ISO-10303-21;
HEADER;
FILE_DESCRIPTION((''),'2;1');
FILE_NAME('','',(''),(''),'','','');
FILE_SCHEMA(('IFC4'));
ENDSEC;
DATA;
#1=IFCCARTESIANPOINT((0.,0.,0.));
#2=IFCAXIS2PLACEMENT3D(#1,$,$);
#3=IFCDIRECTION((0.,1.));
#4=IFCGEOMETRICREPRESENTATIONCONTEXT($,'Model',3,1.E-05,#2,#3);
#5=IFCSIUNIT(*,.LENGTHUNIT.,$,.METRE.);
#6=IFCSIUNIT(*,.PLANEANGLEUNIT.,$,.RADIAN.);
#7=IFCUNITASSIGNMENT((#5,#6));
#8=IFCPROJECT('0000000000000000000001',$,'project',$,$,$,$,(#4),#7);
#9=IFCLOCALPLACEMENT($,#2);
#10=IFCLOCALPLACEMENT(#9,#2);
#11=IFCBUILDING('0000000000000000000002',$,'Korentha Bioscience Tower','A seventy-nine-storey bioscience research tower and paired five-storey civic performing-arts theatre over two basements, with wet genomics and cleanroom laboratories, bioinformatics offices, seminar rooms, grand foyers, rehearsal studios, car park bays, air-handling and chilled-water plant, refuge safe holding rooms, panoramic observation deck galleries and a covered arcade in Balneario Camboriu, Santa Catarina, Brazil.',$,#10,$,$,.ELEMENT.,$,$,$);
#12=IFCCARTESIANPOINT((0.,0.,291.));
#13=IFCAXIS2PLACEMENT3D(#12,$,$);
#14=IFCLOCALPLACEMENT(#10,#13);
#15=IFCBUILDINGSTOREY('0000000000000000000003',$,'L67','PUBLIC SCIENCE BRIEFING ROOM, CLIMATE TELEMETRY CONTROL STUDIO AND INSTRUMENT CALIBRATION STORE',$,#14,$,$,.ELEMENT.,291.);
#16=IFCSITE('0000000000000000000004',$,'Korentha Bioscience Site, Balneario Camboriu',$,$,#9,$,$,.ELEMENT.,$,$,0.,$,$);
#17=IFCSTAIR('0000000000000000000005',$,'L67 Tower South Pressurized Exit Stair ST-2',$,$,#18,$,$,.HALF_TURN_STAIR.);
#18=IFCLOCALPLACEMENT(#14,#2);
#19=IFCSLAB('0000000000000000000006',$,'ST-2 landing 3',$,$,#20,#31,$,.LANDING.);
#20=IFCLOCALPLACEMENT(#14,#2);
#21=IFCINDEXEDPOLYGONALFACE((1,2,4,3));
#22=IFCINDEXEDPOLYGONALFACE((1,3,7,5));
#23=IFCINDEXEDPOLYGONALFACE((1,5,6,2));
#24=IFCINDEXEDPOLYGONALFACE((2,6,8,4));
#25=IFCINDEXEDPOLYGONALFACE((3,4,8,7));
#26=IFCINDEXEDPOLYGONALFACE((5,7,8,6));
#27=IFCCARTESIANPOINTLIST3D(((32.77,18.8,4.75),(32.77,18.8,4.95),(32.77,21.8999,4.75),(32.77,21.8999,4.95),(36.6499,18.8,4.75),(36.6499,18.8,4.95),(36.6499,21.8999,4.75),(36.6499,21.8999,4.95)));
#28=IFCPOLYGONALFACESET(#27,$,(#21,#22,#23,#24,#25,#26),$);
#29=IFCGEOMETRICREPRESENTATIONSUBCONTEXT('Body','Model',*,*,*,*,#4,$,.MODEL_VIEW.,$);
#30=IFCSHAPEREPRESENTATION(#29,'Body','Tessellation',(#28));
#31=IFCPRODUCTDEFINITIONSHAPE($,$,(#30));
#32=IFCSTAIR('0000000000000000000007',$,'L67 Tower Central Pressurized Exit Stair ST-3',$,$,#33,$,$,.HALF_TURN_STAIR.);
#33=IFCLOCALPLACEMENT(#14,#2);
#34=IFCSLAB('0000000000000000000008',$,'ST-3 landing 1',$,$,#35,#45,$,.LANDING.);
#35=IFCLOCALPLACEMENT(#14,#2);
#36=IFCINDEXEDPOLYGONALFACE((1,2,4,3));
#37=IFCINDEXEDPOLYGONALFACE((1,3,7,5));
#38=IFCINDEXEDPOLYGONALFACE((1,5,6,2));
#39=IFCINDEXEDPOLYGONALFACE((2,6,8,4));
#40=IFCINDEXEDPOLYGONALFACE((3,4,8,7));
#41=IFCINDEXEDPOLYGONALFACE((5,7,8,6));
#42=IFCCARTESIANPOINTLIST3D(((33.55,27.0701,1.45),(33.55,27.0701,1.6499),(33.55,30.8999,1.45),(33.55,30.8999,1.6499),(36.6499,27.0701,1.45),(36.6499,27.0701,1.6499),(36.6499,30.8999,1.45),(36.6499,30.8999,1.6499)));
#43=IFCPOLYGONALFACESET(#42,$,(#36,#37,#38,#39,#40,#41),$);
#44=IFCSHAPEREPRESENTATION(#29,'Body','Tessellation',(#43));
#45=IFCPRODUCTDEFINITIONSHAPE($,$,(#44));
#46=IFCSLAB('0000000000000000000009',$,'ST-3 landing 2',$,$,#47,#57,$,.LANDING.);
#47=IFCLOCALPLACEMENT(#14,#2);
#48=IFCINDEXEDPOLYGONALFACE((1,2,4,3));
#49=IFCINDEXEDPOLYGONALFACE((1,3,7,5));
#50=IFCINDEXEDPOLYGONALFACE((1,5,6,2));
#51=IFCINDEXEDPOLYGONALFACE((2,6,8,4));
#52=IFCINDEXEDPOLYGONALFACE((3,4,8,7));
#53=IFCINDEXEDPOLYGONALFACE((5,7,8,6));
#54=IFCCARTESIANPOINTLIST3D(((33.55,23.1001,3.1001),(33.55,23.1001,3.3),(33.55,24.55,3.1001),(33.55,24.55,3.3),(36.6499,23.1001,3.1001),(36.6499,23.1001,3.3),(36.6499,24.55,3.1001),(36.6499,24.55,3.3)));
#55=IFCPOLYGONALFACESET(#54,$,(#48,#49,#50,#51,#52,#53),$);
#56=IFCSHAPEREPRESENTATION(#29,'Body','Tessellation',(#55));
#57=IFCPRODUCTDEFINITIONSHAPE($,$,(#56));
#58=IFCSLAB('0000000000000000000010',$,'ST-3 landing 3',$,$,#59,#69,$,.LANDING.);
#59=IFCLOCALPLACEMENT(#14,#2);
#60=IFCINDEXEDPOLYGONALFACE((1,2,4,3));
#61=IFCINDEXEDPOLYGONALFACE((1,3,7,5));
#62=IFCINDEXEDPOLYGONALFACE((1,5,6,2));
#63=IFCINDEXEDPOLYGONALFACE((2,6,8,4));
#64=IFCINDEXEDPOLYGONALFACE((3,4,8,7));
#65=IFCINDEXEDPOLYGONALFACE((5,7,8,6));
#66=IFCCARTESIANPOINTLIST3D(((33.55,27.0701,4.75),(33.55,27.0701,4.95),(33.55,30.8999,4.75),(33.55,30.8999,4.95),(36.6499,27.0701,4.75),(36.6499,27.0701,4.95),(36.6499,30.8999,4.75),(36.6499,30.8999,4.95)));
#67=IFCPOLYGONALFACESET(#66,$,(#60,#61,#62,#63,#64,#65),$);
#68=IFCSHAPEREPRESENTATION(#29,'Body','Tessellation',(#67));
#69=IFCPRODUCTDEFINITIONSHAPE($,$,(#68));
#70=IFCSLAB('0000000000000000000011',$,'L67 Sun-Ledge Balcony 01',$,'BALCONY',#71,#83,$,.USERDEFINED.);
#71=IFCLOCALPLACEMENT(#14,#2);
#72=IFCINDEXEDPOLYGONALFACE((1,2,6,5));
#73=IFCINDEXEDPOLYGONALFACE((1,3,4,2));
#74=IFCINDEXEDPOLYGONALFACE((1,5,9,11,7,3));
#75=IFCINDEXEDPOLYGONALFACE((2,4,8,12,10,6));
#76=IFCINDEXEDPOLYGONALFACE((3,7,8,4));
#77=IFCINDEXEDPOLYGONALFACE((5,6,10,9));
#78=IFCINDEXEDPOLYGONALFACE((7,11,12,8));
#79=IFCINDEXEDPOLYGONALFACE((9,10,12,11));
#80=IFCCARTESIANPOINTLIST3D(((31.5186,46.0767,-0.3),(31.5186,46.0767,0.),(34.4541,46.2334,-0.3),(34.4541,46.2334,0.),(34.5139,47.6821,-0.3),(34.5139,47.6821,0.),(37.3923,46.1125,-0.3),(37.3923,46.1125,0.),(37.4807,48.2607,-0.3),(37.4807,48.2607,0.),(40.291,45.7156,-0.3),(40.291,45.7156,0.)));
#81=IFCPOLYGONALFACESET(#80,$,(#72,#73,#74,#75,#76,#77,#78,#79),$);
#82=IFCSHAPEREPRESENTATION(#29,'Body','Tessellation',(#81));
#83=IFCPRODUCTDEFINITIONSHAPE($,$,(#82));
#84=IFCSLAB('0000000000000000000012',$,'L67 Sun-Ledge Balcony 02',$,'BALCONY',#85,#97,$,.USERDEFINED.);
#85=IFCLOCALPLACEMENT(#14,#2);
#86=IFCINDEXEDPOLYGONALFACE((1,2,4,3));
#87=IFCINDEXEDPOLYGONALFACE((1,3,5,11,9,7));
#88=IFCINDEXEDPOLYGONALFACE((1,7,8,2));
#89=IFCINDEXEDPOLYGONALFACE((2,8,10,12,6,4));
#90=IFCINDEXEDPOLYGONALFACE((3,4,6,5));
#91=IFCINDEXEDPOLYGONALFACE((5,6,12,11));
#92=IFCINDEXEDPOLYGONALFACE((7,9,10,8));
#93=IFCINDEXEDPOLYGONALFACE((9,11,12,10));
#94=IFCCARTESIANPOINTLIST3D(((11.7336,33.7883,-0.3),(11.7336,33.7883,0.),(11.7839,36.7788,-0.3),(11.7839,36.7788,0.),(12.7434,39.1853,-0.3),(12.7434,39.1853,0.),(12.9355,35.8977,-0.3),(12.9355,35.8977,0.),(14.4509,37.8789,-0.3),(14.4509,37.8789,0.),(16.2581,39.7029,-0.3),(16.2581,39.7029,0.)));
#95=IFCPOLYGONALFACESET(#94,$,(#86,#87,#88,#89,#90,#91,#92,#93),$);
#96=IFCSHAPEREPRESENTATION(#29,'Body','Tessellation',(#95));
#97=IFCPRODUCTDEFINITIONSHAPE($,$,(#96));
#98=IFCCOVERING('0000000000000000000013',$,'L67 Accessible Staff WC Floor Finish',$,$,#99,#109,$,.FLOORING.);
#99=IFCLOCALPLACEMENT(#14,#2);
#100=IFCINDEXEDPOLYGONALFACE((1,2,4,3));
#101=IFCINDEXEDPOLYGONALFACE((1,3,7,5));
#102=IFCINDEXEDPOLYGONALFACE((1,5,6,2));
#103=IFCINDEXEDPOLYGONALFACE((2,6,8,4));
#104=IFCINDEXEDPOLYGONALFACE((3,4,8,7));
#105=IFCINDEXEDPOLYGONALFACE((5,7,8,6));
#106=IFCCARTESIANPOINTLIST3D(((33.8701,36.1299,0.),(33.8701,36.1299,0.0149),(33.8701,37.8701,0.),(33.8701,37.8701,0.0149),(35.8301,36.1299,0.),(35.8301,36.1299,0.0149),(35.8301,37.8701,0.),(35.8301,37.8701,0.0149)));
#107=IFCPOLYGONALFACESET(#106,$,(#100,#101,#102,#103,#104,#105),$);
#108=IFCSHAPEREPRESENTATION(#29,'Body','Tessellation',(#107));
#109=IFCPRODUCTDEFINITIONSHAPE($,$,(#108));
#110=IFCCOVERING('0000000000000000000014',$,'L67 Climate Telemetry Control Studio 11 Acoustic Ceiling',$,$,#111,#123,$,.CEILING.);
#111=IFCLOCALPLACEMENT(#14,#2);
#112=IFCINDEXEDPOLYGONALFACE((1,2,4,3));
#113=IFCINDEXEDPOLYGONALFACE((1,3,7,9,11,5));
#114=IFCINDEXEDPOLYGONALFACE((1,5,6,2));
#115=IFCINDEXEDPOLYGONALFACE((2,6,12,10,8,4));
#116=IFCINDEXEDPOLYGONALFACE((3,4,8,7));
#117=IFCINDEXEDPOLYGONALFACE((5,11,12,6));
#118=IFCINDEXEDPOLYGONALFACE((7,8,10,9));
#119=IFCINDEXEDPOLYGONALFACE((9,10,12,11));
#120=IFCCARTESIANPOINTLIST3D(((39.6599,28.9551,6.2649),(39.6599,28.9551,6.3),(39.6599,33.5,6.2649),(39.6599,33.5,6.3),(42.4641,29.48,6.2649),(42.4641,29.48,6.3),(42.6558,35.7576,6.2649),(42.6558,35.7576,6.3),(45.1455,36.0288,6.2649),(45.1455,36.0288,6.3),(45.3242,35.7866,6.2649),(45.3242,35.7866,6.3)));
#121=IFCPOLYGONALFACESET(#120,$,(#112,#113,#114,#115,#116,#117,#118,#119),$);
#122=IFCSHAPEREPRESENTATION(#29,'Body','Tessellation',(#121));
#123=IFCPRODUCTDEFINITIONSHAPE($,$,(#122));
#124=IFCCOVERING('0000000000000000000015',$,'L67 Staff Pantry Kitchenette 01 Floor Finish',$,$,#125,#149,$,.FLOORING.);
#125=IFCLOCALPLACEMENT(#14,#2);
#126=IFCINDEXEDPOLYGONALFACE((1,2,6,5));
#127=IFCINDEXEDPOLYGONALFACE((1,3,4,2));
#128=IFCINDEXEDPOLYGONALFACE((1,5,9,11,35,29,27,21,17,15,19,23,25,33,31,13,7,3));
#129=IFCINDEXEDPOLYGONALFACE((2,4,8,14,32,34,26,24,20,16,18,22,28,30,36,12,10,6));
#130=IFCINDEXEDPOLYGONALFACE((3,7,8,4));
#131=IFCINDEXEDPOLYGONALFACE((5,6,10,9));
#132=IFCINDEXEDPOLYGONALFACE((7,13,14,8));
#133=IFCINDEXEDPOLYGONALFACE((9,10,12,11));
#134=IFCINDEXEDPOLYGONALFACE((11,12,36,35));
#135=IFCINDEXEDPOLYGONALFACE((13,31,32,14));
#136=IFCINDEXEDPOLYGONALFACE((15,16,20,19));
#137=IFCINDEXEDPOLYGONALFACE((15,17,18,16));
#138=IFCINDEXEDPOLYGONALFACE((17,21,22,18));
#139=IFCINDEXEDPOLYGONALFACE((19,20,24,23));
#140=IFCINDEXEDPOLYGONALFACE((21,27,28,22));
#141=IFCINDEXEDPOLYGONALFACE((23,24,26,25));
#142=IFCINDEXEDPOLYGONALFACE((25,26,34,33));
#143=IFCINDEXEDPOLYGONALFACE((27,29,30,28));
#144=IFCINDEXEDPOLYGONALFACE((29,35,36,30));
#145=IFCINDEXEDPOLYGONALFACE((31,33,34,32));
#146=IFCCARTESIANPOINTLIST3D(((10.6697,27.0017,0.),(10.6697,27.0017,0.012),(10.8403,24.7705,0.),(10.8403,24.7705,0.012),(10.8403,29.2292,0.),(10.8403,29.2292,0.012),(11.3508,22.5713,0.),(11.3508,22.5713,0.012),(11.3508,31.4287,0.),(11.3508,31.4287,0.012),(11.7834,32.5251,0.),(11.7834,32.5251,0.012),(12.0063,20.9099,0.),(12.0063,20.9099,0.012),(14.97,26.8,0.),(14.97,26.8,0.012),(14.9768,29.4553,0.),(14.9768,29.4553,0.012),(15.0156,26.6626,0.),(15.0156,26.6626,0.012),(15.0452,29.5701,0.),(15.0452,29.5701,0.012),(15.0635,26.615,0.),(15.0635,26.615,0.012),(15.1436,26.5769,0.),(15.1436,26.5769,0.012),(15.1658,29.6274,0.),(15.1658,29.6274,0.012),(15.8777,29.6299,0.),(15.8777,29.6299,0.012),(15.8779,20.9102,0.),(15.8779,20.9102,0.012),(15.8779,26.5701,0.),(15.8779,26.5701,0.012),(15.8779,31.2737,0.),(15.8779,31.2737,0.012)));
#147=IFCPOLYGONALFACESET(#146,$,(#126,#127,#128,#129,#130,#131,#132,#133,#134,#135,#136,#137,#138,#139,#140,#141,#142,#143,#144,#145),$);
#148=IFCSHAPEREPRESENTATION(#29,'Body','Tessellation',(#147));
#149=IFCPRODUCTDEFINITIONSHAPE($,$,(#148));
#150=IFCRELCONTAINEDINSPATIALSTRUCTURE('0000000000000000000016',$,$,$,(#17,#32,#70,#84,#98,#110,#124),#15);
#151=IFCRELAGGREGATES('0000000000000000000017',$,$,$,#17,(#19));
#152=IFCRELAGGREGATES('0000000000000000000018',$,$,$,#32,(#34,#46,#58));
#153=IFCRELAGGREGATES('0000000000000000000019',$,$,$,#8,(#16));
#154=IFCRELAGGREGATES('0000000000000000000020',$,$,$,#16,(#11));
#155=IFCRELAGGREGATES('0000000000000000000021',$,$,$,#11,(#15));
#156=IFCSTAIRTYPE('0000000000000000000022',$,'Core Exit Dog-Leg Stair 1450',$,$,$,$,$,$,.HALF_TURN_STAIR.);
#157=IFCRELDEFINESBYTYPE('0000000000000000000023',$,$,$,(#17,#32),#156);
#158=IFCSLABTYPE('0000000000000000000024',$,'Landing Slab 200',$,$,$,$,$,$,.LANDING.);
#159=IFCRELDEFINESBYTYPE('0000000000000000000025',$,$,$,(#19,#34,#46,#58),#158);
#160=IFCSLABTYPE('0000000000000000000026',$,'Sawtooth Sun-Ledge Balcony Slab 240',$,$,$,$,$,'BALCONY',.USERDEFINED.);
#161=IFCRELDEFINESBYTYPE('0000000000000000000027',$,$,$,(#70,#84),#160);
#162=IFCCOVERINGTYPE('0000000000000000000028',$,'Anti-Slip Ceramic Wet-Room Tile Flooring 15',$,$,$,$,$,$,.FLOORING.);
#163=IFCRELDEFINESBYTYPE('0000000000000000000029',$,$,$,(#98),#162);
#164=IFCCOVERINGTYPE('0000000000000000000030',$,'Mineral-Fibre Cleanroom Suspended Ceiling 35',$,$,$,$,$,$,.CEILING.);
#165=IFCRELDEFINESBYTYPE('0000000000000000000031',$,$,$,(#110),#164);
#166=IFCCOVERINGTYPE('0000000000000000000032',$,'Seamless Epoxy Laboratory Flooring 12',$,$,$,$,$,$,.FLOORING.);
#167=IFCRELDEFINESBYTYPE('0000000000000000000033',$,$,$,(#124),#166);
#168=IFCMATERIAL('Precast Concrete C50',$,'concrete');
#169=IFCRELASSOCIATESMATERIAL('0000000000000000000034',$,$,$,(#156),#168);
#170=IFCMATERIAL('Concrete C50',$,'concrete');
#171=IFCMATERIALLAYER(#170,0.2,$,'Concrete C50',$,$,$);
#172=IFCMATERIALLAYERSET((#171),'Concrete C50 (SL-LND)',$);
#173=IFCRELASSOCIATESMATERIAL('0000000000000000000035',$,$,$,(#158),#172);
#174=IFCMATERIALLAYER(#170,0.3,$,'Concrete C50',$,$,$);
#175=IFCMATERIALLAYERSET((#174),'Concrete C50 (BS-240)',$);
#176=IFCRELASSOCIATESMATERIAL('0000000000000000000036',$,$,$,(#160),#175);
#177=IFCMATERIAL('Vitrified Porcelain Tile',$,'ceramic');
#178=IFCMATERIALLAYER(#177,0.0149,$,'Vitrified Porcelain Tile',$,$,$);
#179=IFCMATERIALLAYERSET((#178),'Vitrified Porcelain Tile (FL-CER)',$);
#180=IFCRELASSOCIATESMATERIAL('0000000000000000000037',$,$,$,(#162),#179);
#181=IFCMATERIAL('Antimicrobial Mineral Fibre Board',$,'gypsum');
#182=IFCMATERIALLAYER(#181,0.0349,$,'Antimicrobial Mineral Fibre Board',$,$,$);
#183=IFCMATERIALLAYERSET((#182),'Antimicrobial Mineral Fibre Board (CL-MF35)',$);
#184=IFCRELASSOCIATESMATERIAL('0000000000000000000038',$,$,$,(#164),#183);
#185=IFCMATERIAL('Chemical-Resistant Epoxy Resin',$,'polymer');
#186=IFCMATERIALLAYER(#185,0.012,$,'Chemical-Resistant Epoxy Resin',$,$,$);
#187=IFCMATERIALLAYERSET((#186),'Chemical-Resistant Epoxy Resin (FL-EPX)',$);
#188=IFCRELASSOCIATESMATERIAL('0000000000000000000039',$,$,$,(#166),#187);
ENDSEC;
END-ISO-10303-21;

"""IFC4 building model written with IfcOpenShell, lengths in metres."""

from ifc_helpers import new_model, si_unit, direction, frame, origin, place, context, subcontext, project, spatial, polyline, outline, extrude, material, layer, layer_set, type_object, element, aggregate, save


model = new_model("IFC4")

# Units and contexts
model_context = context("Model", 3, precision=1e-05, world=origin(), true_north=direction((0.0, 1.0)))
body_context = subcontext(model_context, "Body", "Model", "MODEL_VIEW")
ifc_project = project(units=[si_unit("LENGTHUNIT", "METRE"), si_unit("PLANEANGLEUNIT", "RADIAN")], contexts=[model_context])

# Site, building, storey
site_placement = place(None, origin())
site = spatial("IfcSite", under=ifc_project, at=site_placement, Name="Korentha Bioscience Site, Balneario Camboriu", CompositionType="ELEMENT", RefElevation=0.0)
building_placement = place(site_placement, origin())
building = spatial("IfcBuilding", under=site, at=building_placement, Name="Korentha Bioscience Tower", Description="A seventy-nine-storey bioscience research tower and paired five-storey civic performing-arts theatre over two basements, with wet genomics and cleanroom laboratories, bioinformatics offices, seminar rooms, grand foyers, rehearsal studios, car park bays, air-handling and chilled-water plant, refuge safe holding rooms, panoramic observation deck galleries and a covered arcade in Balneario Camboriu, Santa Catarina, Brazil.", CompositionType="ELEMENT")
storey_placement = place(building_placement, frame((0.0, 0.0, 291.0)))
storey = spatial("IfcBuildingStorey", under=building, at=storey_placement, Name="L67", Description="PUBLIC SCIENCE BRIEFING ROOM, CLIMATE TELEMETRY CONTROL STUDIO AND INSTRUMENT CALIBRATION STORE", CompositionType="ELEMENT", Elevation=291.0)

# Shared definitions
ifc_material_1 = material(Name="Concrete C50", Category="concrete")

# Stairs, slabs
ifc_material_2 = material(Name="Precast Concrete C50", Category="concrete")
stair_type = type_object("IfcStairType", Name="Core Exit Dog-Leg Stair 1450", PredefinedType="HALF_TURN_STAIR", material=ifc_material_2)
ifc_layer_1 = layer(ifc_material_1, 0.2, Name="Concrete C50")
ifc_layer_set_1 = layer_set([ifc_layer_1], Name="Concrete C50 (SL-LND)")
slab_type_1 = type_object("IfcSlabType", Name="Landing Slab 200", PredefinedType="LANDING", material=ifc_layer_set_1)
stair_1_placement = place(storey_placement, origin())
stair_1 = element("IfcStair", 1, at=stair_1_placement, inside=storey, type_object=stair_type, Name="L67 Tower South Pressurized Exit Stair ST-2", PredefinedType="HALF_TURN_STAIR")
slab_1_placement = place(storey_placement, frame((0.0, 0.0, 4.75)))
slab_1 = element("IfcSlab", 2, at=slab_1_placement, type_object=slab_type_1, Name="ST-2 landing 3", PredefinedType="LANDING", context=body_context, shape_type="SweptSolid", body=[
    extrude(outline(polyline([(32.77, 18.8), (36.6499, 18.8), (36.6499, 21.8999), (32.77, 21.8999), (32.77, 18.8)])), origin(), (0.0, 0.0, 1.0), 0.2),
])
aggregate(stair_1, [slab_1])
stair_2_placement = place(storey_placement, origin())
stair_2 = element("IfcStair", 3, at=stair_2_placement, inside=storey, type_object=stair_type, Name="L67 Tower Central Pressurized Exit Stair ST-3", PredefinedType="HALF_TURN_STAIR")
slab_2_placement = place(storey_placement, frame((0.0, 0.0, 1.45)))
slab_2 = element("IfcSlab", 4, at=slab_2_placement, type_object=slab_type_1, Name="ST-3 landing 1", PredefinedType="LANDING", context=body_context, shape_type="SweptSolid", body=[
    extrude(outline(polyline([(36.6499, 27.0701), (36.6499, 30.8999), (33.55, 30.8999), (33.55, 27.0701), (36.6499, 27.0701)])), origin(), (0.0, 0.0, 1.0), 0.2),
])
slab_3_placement = place(storey_placement, frame((0.0, 0.0, 3.1001)))
slab_3 = element("IfcSlab", 5, at=slab_3_placement, type_object=slab_type_1, Name="ST-3 landing 2", PredefinedType="LANDING", context=body_context, shape_type="SweptSolid", body=[
    extrude(outline(polyline([(36.6499, 23.1001), (36.6499, 24.55), (33.55, 24.55), (33.55, 23.1001), (36.6499, 23.1001)])), origin(), (0.0, 0.0, 1.0), 0.2),
])
slab_4_placement = place(storey_placement, frame((0.0, 0.0, 4.75)))
slab_4 = element("IfcSlab", 6, at=slab_4_placement, type_object=slab_type_1, Name="ST-3 landing 3", PredefinedType="LANDING", context=body_context, shape_type="SweptSolid", body=[
    extrude(outline(polyline([(36.6499, 27.0701), (36.6499, 30.8999), (33.55, 30.8999), (33.55, 27.0701), (36.6499, 27.0701)])), origin(), (0.0, 0.0, 1.0), 0.2),
])
aggregate(stair_2, [slab_2, slab_3, slab_4])

# Slabs
ifc_layer_2 = layer(ifc_material_1, 0.3, Name="Concrete C50")
ifc_layer_set_2 = layer_set([ifc_layer_2], Name="Concrete C50 (BS-240)")
slab_type_2 = type_object("IfcSlabType", Name="Sawtooth Sun-Ledge Balcony Slab 240", ElementType="BALCONY", PredefinedType="USERDEFINED", material=ifc_layer_set_2)
slab_5_placement = place(storey_placement, frame((0.0, 0.0, -0.3)))
element("IfcSlab", 7, at=slab_5_placement, inside=storey, type_object=slab_type_2, Name="L67 Sun-Ledge Balcony 01", ObjectType="BALCONY", PredefinedType="USERDEFINED", context=body_context, shape_type="SweptSolid", body=[
    extrude(outline(polyline([(31.5186, 46.0767), (34.4541, 46.2334), (37.3923, 46.1125), (40.291, 45.7156), (37.4807, 48.2607), (34.5139, 47.6821), (31.5186, 46.0767)])), origin(), (0.0, 0.0, 1.0), 0.3),
])
slab_6_placement = place(storey_placement, frame((0.0, 0.0, -0.3)))
element("IfcSlab", 8, at=slab_6_placement, inside=storey, type_object=slab_type_2, Name="L67 Sun-Ledge Balcony 02", ObjectType="BALCONY", PredefinedType="USERDEFINED", context=body_context, shape_type="SweptSolid", body=[
    extrude(outline(polyline([(11.7336, 33.7883), (12.9355, 35.8977), (14.4509, 37.8789), (16.2581, 39.7029), (12.7434, 39.1853), (11.7839, 36.7788), (11.7336, 33.7883)])), origin(), (0.0, 0.0, 1.0), 0.3),
])

# Coverings
ifc_material_3 = material(Name="Vitrified Porcelain Tile", Category="ceramic")
ifc_layer_3 = layer(ifc_material_3, 0.0149, Name="Vitrified Porcelain Tile")
ifc_layer_set_3 = layer_set([ifc_layer_3], Name="Vitrified Porcelain Tile (FL-CER)")
covering_type_1 = type_object("IfcCoveringType", Name="Anti-Slip Ceramic Wet-Room Tile Flooring 15", PredefinedType="FLOORING", material=ifc_layer_set_3)
covering_1_placement = place(storey_placement, origin())
element("IfcCovering", 9, at=covering_1_placement, inside=storey, type_object=covering_type_1, Name="L67 Accessible Staff WC Floor Finish", PredefinedType="FLOORING", context=body_context, shape_type="SweptSolid", body=[
    extrude(outline(polyline([(33.8701, 36.1299), (33.8701, 37.8701), (35.8301, 37.8701), (35.8301, 36.1299), (33.8701, 36.1299)])), origin(), (0.0, 0.0, 1.0), 0.0149),
])
ifc_material_4 = material(Name="Antimicrobial Mineral Fibre Board", Category="gypsum")
ifc_layer_4 = layer(ifc_material_4, 0.0349, Name="Antimicrobial Mineral Fibre Board")
ifc_layer_set_4 = layer_set([ifc_layer_4], Name="Antimicrobial Mineral Fibre Board (CL-MF35)")
covering_type_2 = type_object("IfcCoveringType", Name="Mineral-Fibre Cleanroom Suspended Ceiling 35", PredefinedType="CEILING", material=ifc_layer_set_4)
covering_2_placement = place(storey_placement, frame((0.0, 0.0, 6.2649)))
element("IfcCovering", 10, at=covering_2_placement, inside=storey, type_object=covering_type_2, Name="L67 Climate Telemetry Control Studio 11 Acoustic Ceiling", PredefinedType="CEILING", context=body_context, shape_type="SweptSolid", body=[
    extrude(outline(polyline([(42.6558, 35.7576), (45.1455, 36.0288), (45.3242, 35.7866), (42.4641, 29.48), (39.6599, 28.9551), (39.6599, 33.5), (42.6558, 35.7576)])), origin(), (0.0, 0.0, 1.0), 0.0352),
])
ifc_material_5 = material(Name="Chemical-Resistant Epoxy Resin", Category="polymer")
ifc_layer_5 = layer(ifc_material_5, 0.012, Name="Chemical-Resistant Epoxy Resin")
ifc_layer_set_5 = layer_set([ifc_layer_5], Name="Chemical-Resistant Epoxy Resin (FL-EPX)")
covering_type_3 = type_object("IfcCoveringType", Name="Seamless Epoxy Laboratory Flooring 12", PredefinedType="FLOORING", material=ifc_layer_set_5)
covering_3_placement = place(storey_placement, origin())
element("IfcCovering", 11, at=covering_3_placement, inside=storey, type_object=covering_type_3, Name="L67 Staff Pantry Kitchenette 01 Floor Finish", PredefinedType="FLOORING", context=body_context, shape_type="SweptSolid", body=[
    extrude(outline(polyline([(10.8403, 29.2292), (11.3508, 31.4287), (11.7834, 32.5251), (15.8779, 31.2737), (15.8777, 29.6299), (15.1658, 29.6274), (15.0452, 29.5701), (14.9768, 29.4553), (14.97, 26.8), (15.0156, 26.6626), (15.0635, 26.615), (15.1436, 26.5769), (15.8779, 26.5701), (15.8779, 20.9102), (12.0063, 20.9099), (11.3508, 22.5713), (10.8403, 24.7705), (10.6697, 27.0017), (10.8403, 29.2292)])), origin(), (0.0, 0.0, 1.0), 0.012),
])

save(model, "model.ifc")
